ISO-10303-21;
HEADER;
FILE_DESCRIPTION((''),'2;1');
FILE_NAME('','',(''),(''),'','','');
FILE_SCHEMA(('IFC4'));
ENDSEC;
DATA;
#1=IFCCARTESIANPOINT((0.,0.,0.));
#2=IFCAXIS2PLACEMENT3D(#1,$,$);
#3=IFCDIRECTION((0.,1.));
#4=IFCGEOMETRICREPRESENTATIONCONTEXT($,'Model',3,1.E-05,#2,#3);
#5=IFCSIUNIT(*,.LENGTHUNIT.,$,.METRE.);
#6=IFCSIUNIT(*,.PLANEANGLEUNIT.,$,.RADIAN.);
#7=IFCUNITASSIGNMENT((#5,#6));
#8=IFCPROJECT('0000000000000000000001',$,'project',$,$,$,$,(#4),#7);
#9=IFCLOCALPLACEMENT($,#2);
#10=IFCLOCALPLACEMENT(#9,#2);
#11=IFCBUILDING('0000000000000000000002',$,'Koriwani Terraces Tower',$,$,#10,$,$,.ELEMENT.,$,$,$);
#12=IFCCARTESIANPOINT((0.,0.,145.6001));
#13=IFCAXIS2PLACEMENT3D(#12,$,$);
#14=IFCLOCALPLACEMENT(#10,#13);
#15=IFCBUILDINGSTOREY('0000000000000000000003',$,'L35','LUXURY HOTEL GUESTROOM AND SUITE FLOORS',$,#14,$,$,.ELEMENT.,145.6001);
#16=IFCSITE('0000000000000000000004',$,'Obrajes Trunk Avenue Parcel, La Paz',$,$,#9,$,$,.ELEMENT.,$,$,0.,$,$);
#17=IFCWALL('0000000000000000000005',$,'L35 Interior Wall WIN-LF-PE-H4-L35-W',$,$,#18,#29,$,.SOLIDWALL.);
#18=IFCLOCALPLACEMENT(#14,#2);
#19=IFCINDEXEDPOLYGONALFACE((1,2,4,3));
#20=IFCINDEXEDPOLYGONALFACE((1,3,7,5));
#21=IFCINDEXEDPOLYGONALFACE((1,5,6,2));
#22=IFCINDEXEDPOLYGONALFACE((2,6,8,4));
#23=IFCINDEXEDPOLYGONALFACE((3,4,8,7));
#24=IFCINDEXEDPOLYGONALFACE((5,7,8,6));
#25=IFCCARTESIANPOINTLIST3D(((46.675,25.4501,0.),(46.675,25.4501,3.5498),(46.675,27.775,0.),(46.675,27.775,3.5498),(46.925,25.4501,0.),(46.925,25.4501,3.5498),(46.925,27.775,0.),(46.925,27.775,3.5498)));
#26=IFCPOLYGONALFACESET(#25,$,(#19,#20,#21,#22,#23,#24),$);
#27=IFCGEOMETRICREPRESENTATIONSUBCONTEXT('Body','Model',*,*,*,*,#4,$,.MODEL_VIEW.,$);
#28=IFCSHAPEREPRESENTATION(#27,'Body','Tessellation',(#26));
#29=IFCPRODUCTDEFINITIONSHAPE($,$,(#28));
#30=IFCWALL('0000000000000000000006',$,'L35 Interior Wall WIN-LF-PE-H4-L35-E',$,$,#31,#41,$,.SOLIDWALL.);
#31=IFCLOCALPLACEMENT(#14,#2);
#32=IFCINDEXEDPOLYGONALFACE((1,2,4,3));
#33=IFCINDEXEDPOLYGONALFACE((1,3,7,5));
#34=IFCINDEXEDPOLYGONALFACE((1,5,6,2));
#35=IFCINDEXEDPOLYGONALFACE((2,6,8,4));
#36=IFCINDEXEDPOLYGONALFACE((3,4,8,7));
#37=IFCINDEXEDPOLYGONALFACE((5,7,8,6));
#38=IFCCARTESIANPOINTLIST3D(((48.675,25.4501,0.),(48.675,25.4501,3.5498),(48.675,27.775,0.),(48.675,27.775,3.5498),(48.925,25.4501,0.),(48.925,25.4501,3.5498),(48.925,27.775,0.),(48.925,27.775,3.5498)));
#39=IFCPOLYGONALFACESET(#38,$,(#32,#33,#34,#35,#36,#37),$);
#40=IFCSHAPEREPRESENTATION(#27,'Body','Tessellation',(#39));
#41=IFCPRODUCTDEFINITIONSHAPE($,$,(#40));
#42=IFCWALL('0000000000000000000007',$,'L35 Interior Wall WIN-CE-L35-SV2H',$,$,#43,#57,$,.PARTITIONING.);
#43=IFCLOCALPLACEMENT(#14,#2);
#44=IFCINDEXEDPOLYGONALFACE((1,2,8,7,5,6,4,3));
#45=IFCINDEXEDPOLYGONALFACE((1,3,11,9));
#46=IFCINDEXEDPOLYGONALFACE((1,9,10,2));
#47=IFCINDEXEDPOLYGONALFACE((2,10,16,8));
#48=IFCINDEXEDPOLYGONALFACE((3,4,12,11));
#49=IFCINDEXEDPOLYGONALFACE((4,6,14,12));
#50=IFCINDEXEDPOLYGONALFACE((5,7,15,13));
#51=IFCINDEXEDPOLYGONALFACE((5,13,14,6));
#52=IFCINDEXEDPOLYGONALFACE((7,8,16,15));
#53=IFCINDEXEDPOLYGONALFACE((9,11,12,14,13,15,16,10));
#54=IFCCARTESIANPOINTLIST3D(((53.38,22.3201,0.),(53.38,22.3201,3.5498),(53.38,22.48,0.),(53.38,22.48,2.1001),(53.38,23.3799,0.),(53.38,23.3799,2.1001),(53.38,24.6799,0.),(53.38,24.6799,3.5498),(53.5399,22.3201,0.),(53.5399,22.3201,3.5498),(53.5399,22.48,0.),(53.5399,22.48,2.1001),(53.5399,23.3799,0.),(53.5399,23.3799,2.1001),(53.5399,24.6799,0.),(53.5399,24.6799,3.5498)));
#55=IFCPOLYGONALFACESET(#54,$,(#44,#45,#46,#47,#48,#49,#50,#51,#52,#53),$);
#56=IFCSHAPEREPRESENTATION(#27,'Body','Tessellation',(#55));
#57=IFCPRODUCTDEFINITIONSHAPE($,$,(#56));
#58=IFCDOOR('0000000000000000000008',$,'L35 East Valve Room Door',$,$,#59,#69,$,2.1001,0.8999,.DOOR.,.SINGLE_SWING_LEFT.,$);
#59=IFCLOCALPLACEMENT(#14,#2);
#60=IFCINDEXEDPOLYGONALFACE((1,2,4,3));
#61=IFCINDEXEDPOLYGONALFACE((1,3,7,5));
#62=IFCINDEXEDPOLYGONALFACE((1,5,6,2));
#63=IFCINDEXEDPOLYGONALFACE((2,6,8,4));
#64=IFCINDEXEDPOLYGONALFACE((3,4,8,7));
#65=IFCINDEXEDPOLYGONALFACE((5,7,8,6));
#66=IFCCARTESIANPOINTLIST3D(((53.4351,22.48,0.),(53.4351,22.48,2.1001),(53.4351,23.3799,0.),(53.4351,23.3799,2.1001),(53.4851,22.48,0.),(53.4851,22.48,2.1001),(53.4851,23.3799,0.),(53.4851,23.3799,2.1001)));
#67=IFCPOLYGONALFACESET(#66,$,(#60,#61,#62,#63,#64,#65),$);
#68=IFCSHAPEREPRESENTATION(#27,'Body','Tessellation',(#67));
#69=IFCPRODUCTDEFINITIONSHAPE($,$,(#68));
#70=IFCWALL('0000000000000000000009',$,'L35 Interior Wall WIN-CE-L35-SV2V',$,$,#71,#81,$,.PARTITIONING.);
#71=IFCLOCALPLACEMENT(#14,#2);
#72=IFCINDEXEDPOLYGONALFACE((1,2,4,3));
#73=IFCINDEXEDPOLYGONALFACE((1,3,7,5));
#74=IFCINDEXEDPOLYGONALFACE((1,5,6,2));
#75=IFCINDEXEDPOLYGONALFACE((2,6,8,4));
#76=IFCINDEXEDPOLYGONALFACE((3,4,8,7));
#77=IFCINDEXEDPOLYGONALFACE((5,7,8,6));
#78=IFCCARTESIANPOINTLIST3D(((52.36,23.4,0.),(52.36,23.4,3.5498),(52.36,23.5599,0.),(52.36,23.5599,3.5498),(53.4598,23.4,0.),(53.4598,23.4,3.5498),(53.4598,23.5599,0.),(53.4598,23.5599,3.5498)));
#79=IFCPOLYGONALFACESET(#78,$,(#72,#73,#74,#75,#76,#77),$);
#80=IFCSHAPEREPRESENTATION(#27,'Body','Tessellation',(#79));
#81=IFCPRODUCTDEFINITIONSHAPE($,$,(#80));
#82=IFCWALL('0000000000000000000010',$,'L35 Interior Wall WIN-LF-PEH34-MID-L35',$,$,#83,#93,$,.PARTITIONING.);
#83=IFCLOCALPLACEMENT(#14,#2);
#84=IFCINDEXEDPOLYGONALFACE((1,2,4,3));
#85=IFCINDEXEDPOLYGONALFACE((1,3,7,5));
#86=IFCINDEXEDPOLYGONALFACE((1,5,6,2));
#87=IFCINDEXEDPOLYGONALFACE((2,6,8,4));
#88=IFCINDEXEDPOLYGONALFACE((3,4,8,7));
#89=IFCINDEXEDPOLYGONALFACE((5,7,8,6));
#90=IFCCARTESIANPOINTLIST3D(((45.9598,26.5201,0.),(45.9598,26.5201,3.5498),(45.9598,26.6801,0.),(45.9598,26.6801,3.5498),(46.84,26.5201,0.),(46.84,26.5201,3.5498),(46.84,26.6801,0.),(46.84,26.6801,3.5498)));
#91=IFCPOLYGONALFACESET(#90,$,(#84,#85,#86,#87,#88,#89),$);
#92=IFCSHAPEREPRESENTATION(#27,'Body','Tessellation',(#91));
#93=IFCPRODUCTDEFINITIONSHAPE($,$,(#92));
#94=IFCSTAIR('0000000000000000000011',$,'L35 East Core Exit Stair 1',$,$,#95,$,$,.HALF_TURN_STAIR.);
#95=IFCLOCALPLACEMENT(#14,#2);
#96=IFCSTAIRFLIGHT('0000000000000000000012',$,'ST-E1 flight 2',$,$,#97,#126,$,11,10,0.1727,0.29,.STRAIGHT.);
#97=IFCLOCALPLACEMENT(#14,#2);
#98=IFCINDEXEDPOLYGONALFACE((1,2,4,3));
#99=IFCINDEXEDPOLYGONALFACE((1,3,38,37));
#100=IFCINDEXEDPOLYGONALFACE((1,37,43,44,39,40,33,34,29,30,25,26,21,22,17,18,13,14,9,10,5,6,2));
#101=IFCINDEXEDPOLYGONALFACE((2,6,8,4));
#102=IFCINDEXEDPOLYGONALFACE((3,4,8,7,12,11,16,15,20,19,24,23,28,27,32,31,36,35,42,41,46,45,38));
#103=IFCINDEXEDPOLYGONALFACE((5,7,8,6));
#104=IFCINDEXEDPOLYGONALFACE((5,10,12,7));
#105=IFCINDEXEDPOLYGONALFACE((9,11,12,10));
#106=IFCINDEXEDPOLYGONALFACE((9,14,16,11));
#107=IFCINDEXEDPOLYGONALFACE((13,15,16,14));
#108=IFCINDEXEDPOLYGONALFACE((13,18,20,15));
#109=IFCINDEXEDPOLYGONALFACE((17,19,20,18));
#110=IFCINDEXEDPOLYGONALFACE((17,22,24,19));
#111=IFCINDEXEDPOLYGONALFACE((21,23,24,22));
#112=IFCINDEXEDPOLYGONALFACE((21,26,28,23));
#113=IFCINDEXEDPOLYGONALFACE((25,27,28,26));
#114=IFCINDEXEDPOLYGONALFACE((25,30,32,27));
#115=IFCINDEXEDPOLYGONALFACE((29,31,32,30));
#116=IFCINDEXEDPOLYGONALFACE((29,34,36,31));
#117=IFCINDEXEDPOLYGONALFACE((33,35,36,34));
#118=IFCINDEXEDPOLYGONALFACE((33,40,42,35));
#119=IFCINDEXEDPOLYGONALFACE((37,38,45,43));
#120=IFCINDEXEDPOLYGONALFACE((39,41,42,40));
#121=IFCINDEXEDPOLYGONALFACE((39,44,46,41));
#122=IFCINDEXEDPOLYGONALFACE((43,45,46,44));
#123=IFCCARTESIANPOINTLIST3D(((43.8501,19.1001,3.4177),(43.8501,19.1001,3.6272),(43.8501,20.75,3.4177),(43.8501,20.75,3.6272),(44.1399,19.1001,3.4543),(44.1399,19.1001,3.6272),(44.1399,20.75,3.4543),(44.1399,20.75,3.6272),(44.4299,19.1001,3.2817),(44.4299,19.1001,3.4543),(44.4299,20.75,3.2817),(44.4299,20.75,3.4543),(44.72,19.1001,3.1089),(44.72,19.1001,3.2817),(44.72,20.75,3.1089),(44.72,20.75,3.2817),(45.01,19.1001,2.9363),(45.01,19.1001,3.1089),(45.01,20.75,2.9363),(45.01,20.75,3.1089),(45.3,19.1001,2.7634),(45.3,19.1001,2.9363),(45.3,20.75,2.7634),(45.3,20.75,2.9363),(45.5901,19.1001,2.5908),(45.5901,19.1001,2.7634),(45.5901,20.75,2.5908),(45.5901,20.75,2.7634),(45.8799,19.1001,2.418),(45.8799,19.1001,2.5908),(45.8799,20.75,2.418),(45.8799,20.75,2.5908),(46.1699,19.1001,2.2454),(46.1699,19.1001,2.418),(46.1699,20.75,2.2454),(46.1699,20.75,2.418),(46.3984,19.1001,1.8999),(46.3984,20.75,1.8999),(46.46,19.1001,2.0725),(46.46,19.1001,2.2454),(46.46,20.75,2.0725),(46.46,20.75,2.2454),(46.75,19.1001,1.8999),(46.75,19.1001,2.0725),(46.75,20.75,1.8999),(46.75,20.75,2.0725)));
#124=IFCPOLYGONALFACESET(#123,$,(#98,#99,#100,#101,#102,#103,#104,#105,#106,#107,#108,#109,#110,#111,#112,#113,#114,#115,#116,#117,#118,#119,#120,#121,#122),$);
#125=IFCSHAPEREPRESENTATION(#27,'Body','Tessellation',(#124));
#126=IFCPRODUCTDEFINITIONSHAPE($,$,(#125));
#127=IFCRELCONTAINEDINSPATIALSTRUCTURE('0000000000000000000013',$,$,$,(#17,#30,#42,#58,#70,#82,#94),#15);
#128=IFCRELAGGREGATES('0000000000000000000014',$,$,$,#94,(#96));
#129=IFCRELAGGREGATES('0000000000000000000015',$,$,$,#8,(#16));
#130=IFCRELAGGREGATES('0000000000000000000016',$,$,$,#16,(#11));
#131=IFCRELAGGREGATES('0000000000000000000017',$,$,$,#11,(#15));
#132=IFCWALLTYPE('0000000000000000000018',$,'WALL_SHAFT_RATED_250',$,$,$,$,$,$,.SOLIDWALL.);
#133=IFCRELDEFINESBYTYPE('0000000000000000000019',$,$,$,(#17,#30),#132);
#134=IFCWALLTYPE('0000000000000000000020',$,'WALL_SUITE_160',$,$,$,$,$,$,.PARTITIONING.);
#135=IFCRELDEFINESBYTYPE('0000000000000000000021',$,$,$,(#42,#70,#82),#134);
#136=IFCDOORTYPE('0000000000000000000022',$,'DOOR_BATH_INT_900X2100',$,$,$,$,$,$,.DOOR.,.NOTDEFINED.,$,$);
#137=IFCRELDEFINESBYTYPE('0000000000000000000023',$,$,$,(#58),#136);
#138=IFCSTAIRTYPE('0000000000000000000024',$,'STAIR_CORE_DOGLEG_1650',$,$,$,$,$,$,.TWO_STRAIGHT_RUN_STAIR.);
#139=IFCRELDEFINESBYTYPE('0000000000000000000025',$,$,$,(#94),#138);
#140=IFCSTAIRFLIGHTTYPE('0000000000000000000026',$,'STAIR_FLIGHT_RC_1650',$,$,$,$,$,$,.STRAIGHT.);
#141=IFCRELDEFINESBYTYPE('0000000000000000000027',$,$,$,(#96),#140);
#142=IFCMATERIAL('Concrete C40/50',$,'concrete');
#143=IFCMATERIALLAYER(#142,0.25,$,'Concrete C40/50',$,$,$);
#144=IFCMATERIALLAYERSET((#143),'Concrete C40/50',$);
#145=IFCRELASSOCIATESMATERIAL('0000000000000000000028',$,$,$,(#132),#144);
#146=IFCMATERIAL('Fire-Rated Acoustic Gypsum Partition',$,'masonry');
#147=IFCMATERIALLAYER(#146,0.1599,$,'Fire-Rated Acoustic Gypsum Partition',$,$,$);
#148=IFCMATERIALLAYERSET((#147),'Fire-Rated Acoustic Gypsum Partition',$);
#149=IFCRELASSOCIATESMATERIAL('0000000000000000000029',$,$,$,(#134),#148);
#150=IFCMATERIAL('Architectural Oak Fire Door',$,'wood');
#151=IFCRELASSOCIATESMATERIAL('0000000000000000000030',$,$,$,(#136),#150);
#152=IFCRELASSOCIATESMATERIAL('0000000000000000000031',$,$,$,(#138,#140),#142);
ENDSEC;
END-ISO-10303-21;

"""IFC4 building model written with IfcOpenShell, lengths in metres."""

from ifc_helpers import new_model, si_unit, direction, frame, frame_2d, origin, place, context, subcontext, project, spatial, polyline, rectangle, outline, extrude, material, layer, layer_set, type_object, element, fill, aggregate, save


model = new_model("IFC4")

# Units and contexts
model_context = context("Model", 3, precision=1e-05, world=origin(), true_north=direction((0.0, 1.0)))
body_context = subcontext(model_context, "Body", "Model", "MODEL_VIEW")
ifc_project = project(units=[si_unit("LENGTHUNIT", "METRE"), si_unit("PLANEANGLEUNIT", "RADIAN")], contexts=[model_context])

# Site, building, storey
site_placement = place(None, origin())
site = spatial("IfcSite", under=ifc_project, at=site_placement, Name="Obrajes Trunk Avenue Parcel, La Paz", CompositionType="ELEMENT", RefElevation=0.0)
building_placement = place(site_placement, origin())
building = spatial("IfcBuilding", under=site, at=building_placement, Name="Koriwani Terraces Tower", CompositionType="ELEMENT")
storey_placement = place(building_placement, frame((0.0, 0.0, 145.6001)))
storey = spatial("IfcBuildingStorey", under=building, at=storey_placement, Name="L35", Description="LUXURY HOTEL GUESTROOM AND SUITE FLOORS", CompositionType="ELEMENT", Elevation=145.6001)

# Shared definitions
ifc_material_1 = material(Name="Architectural Oak Fire Door", Category="wood")

# Shared definitions
ifc_material_2 = material(Name="Concrete C40/50", Category="concrete")
ifc_layer_1 = layer(ifc_material_2, 0.25, Name="Concrete C40/50")
ifc_layer_set_1 = layer_set([ifc_layer_1], Name="Concrete C40/50")
wall_type_1 = type_object("IfcWallType", Name="WALL_SHAFT_RATED_250", PredefinedType="SOLIDWALL", material=ifc_layer_set_1)

# Walls
for number, where, z_axis, x_axis, name in (
    (1, (46.8, 25.45, 0.0), (0.0, 0.0, 1.0), (0.0, 1.0, 0.0), "L35 Interior Wall WIN-LF-PE-H4-L35-W"),
    (2, (48.8, 25.45, 0.0), (0.0, 0.0, 1.0), (0.0, 1.0, 0.0), "L35 Interior Wall WIN-LF-PE-H4-L35-E"),
):
    element("IfcWall", number, at=place(storey_placement, frame(where, z_axis=z_axis, x_axis=x_axis)), inside=storey, type_object=wall_type_1, Name=name, PredefinedType="SOLIDWALL", context=body_context, shape_type="SweptSolid", body=[
        extrude(rectangle(XDim=2.325, YDim=0.25, at=frame_2d((1.1626, 0.0))), origin(), (0.0, 0.0, 1.0), 3.5498),
    ])

# Wall, opening, door
ifc_material_3 = material(Name="Fire-Rated Acoustic Gypsum Partition", Category="masonry")
ifc_layer_2 = layer(ifc_material_3, 0.1599, Name="Fire-Rated Acoustic Gypsum Partition")
ifc_layer_set_2 = layer_set([ifc_layer_2], Name="Fire-Rated Acoustic Gypsum Partition")
wall_type_2 = type_object("IfcWallType", Name="WALL_SUITE_160", PredefinedType="PARTITIONING", material=ifc_layer_set_2)
wall_1_placement = place(storey_placement, frame((53.46, 22.3201, 0.0), z_axis=(0.0, 0.0, 1.0), x_axis=(0.0, 1.0, 0.0)))
wall_1 = element("IfcWall", 3, at=wall_1_placement, inside=storey, type_object=wall_type_2, Name="L35 Interior Wall WIN-CE-L35-SV2H", PredefinedType="PARTITIONING", context=body_context, shape_type="SweptSolid", body=[
    extrude(rectangle(XDim=2.3599, YDim=0.1599, at=frame_2d((1.1799, 0.0))), origin(), (0.0, 0.0, 1.0), 3.5498),
])
opening_1_placement = place(wall_1_placement, frame((0.1599, 0.0, 0.0)))
opening_1 = element("IfcOpeningElement", 4, at=opening_1_placement, cuts=wall_1, PredefinedType="OPENING", context=body_context, shape_type="SweptSolid", body=[
    extrude(rectangle(XDim=0.8999, YDim=2.1001, at=frame_2d((0.45, 1.05))), frame((0.0, 0.0898, 0.0), z_axis=(0.0, -1.0, 0.0), x_axis=(1.0, 0.0, 0.0)), (0.0, 0.0, 1.0), 0.1799),
])
door_type_1 = type_object("IfcDoorType", Name="DOOR_BATH_INT_900X2100", OperationType="NOTDEFINED", PredefinedType="DOOR", material=ifc_material_1)
door_1_placement = place(opening_1_placement, origin())
door_1 = element("IfcDoor", 5, at=door_1_placement, inside=storey, type_object=door_type_1, Name="L35 East Valve Room Door", OperationType="SINGLE_SWING_LEFT", OverallHeight=2.1001, OverallWidth=0.8999, PredefinedType="DOOR", context=body_context, shape_type="SweptSolid", body=[
    extrude(rectangle(XDim=0.8999, YDim=2.1001, at=frame_2d((0.45, 1.05))), frame((0.0, 0.0249, 0.0), z_axis=(0.0, -1.0, 0.0), x_axis=(1.0, 0.0, 0.0)), (0.0, 0.0, 1.0), 0.05),
])
fill(opening_1, door_1)

# Walls
wall_2_placement = place(storey_placement, frame((52.3601, 23.48, 0.0), z_axis=(0.0, 0.0, 1.0), x_axis=(1.0, 0.0, 0.0)))
element("IfcWall", 6, at=wall_2_placement, inside=storey, type_object=wall_type_2, Name="L35 Interior Wall WIN-CE-L35-SV2V", PredefinedType="PARTITIONING", context=body_context, shape_type="SweptSolid", body=[
    extrude(rectangle(XDim=1.0999, YDim=0.1599, at=frame_2d((0.5498, 0.0))), origin(), (0.0, 0.0, 1.0), 3.5498),
])
wall_3_placement = place(storey_placement, frame((45.96, 26.6001, 0.0), z_axis=(0.0, 0.0, 1.0), x_axis=(1.0, 0.0, 0.0)))
element("IfcWall", 7, at=wall_3_placement, inside=storey, type_object=wall_type_2, Name="L35 Interior Wall WIN-LF-PEH34-MID-L35", PredefinedType="PARTITIONING", context=body_context, shape_type="SweptSolid", body=[
    extrude(rectangle(XDim=0.8801, YDim=0.1599, at=frame_2d((0.4399, 0.0))), origin(), (0.0, 0.0, 1.0), 3.5498),
])

# Stair, stair flight
stair_type = type_object("IfcStairType", Name="STAIR_CORE_DOGLEG_1650", PredefinedType="TWO_STRAIGHT_RUN_STAIR", material=ifc_material_2)
stair_placement = place(storey_placement, origin())
stair = element("IfcStair", 8, at=stair_placement, inside=storey, type_object=stair_type, Name="L35 East Core Exit Stair 1", PredefinedType="HALF_TURN_STAIR")
stair_flight_type = type_object("IfcStairFlightType", Name="STAIR_FLIGHT_RC_1650", PredefinedType="STRAIGHT", material=ifc_material_2)
stair_flight_placement = place(storey_placement, frame((46.75, 19.925, 1.8999), z_axis=(0.0, 0.0, 1.0), x_axis=(-1.0, 0.0, 0.0)))
stair_flight = element("IfcStairFlight", 9, at=stair_flight_placement, type_object=stair_flight_type, Name="ST-E1 flight 2", NumberOfRisers=11, NumberOfTreads=10, PredefinedType="STRAIGHT", RiserHeight=0.1727, TreadLength=0.29, context=body_context, shape_type="SweptSolid", body=[
    extrude(outline(polyline([(0.0, 0.0), (0.0, 0.1726), (0.29, 0.1726), (0.29, 0.3455), (0.5801, 0.3455), (0.5801, 0.5181), (0.8701, 0.5181), (0.8701, 0.6909), (1.1599, 0.6909), (1.1599, 0.8635), (1.45, 0.8635), (1.45, 1.0364), (1.74, 1.0364), (1.74, 1.209), (2.03, 1.209), (2.03, 1.3818), (2.3201, 1.3818), (2.3201, 1.5544), (2.6101, 1.5544), (2.6101, 1.7273), (2.8999, 1.7273), (2.8999, 1.8999), (2.8999, 1.5178), (0.3516, 0.0), (0.0, 0.0)])), frame((0.0, 0.825, 0.0), z_axis=(0.0, -1.0, 0.0), x_axis=(1.0, 0.0, 0.0)), (0.0, 0.0, 1.0), 1.6499),
])
aggregate(stair, [stair_flight])

save(model, "model.ifc")
